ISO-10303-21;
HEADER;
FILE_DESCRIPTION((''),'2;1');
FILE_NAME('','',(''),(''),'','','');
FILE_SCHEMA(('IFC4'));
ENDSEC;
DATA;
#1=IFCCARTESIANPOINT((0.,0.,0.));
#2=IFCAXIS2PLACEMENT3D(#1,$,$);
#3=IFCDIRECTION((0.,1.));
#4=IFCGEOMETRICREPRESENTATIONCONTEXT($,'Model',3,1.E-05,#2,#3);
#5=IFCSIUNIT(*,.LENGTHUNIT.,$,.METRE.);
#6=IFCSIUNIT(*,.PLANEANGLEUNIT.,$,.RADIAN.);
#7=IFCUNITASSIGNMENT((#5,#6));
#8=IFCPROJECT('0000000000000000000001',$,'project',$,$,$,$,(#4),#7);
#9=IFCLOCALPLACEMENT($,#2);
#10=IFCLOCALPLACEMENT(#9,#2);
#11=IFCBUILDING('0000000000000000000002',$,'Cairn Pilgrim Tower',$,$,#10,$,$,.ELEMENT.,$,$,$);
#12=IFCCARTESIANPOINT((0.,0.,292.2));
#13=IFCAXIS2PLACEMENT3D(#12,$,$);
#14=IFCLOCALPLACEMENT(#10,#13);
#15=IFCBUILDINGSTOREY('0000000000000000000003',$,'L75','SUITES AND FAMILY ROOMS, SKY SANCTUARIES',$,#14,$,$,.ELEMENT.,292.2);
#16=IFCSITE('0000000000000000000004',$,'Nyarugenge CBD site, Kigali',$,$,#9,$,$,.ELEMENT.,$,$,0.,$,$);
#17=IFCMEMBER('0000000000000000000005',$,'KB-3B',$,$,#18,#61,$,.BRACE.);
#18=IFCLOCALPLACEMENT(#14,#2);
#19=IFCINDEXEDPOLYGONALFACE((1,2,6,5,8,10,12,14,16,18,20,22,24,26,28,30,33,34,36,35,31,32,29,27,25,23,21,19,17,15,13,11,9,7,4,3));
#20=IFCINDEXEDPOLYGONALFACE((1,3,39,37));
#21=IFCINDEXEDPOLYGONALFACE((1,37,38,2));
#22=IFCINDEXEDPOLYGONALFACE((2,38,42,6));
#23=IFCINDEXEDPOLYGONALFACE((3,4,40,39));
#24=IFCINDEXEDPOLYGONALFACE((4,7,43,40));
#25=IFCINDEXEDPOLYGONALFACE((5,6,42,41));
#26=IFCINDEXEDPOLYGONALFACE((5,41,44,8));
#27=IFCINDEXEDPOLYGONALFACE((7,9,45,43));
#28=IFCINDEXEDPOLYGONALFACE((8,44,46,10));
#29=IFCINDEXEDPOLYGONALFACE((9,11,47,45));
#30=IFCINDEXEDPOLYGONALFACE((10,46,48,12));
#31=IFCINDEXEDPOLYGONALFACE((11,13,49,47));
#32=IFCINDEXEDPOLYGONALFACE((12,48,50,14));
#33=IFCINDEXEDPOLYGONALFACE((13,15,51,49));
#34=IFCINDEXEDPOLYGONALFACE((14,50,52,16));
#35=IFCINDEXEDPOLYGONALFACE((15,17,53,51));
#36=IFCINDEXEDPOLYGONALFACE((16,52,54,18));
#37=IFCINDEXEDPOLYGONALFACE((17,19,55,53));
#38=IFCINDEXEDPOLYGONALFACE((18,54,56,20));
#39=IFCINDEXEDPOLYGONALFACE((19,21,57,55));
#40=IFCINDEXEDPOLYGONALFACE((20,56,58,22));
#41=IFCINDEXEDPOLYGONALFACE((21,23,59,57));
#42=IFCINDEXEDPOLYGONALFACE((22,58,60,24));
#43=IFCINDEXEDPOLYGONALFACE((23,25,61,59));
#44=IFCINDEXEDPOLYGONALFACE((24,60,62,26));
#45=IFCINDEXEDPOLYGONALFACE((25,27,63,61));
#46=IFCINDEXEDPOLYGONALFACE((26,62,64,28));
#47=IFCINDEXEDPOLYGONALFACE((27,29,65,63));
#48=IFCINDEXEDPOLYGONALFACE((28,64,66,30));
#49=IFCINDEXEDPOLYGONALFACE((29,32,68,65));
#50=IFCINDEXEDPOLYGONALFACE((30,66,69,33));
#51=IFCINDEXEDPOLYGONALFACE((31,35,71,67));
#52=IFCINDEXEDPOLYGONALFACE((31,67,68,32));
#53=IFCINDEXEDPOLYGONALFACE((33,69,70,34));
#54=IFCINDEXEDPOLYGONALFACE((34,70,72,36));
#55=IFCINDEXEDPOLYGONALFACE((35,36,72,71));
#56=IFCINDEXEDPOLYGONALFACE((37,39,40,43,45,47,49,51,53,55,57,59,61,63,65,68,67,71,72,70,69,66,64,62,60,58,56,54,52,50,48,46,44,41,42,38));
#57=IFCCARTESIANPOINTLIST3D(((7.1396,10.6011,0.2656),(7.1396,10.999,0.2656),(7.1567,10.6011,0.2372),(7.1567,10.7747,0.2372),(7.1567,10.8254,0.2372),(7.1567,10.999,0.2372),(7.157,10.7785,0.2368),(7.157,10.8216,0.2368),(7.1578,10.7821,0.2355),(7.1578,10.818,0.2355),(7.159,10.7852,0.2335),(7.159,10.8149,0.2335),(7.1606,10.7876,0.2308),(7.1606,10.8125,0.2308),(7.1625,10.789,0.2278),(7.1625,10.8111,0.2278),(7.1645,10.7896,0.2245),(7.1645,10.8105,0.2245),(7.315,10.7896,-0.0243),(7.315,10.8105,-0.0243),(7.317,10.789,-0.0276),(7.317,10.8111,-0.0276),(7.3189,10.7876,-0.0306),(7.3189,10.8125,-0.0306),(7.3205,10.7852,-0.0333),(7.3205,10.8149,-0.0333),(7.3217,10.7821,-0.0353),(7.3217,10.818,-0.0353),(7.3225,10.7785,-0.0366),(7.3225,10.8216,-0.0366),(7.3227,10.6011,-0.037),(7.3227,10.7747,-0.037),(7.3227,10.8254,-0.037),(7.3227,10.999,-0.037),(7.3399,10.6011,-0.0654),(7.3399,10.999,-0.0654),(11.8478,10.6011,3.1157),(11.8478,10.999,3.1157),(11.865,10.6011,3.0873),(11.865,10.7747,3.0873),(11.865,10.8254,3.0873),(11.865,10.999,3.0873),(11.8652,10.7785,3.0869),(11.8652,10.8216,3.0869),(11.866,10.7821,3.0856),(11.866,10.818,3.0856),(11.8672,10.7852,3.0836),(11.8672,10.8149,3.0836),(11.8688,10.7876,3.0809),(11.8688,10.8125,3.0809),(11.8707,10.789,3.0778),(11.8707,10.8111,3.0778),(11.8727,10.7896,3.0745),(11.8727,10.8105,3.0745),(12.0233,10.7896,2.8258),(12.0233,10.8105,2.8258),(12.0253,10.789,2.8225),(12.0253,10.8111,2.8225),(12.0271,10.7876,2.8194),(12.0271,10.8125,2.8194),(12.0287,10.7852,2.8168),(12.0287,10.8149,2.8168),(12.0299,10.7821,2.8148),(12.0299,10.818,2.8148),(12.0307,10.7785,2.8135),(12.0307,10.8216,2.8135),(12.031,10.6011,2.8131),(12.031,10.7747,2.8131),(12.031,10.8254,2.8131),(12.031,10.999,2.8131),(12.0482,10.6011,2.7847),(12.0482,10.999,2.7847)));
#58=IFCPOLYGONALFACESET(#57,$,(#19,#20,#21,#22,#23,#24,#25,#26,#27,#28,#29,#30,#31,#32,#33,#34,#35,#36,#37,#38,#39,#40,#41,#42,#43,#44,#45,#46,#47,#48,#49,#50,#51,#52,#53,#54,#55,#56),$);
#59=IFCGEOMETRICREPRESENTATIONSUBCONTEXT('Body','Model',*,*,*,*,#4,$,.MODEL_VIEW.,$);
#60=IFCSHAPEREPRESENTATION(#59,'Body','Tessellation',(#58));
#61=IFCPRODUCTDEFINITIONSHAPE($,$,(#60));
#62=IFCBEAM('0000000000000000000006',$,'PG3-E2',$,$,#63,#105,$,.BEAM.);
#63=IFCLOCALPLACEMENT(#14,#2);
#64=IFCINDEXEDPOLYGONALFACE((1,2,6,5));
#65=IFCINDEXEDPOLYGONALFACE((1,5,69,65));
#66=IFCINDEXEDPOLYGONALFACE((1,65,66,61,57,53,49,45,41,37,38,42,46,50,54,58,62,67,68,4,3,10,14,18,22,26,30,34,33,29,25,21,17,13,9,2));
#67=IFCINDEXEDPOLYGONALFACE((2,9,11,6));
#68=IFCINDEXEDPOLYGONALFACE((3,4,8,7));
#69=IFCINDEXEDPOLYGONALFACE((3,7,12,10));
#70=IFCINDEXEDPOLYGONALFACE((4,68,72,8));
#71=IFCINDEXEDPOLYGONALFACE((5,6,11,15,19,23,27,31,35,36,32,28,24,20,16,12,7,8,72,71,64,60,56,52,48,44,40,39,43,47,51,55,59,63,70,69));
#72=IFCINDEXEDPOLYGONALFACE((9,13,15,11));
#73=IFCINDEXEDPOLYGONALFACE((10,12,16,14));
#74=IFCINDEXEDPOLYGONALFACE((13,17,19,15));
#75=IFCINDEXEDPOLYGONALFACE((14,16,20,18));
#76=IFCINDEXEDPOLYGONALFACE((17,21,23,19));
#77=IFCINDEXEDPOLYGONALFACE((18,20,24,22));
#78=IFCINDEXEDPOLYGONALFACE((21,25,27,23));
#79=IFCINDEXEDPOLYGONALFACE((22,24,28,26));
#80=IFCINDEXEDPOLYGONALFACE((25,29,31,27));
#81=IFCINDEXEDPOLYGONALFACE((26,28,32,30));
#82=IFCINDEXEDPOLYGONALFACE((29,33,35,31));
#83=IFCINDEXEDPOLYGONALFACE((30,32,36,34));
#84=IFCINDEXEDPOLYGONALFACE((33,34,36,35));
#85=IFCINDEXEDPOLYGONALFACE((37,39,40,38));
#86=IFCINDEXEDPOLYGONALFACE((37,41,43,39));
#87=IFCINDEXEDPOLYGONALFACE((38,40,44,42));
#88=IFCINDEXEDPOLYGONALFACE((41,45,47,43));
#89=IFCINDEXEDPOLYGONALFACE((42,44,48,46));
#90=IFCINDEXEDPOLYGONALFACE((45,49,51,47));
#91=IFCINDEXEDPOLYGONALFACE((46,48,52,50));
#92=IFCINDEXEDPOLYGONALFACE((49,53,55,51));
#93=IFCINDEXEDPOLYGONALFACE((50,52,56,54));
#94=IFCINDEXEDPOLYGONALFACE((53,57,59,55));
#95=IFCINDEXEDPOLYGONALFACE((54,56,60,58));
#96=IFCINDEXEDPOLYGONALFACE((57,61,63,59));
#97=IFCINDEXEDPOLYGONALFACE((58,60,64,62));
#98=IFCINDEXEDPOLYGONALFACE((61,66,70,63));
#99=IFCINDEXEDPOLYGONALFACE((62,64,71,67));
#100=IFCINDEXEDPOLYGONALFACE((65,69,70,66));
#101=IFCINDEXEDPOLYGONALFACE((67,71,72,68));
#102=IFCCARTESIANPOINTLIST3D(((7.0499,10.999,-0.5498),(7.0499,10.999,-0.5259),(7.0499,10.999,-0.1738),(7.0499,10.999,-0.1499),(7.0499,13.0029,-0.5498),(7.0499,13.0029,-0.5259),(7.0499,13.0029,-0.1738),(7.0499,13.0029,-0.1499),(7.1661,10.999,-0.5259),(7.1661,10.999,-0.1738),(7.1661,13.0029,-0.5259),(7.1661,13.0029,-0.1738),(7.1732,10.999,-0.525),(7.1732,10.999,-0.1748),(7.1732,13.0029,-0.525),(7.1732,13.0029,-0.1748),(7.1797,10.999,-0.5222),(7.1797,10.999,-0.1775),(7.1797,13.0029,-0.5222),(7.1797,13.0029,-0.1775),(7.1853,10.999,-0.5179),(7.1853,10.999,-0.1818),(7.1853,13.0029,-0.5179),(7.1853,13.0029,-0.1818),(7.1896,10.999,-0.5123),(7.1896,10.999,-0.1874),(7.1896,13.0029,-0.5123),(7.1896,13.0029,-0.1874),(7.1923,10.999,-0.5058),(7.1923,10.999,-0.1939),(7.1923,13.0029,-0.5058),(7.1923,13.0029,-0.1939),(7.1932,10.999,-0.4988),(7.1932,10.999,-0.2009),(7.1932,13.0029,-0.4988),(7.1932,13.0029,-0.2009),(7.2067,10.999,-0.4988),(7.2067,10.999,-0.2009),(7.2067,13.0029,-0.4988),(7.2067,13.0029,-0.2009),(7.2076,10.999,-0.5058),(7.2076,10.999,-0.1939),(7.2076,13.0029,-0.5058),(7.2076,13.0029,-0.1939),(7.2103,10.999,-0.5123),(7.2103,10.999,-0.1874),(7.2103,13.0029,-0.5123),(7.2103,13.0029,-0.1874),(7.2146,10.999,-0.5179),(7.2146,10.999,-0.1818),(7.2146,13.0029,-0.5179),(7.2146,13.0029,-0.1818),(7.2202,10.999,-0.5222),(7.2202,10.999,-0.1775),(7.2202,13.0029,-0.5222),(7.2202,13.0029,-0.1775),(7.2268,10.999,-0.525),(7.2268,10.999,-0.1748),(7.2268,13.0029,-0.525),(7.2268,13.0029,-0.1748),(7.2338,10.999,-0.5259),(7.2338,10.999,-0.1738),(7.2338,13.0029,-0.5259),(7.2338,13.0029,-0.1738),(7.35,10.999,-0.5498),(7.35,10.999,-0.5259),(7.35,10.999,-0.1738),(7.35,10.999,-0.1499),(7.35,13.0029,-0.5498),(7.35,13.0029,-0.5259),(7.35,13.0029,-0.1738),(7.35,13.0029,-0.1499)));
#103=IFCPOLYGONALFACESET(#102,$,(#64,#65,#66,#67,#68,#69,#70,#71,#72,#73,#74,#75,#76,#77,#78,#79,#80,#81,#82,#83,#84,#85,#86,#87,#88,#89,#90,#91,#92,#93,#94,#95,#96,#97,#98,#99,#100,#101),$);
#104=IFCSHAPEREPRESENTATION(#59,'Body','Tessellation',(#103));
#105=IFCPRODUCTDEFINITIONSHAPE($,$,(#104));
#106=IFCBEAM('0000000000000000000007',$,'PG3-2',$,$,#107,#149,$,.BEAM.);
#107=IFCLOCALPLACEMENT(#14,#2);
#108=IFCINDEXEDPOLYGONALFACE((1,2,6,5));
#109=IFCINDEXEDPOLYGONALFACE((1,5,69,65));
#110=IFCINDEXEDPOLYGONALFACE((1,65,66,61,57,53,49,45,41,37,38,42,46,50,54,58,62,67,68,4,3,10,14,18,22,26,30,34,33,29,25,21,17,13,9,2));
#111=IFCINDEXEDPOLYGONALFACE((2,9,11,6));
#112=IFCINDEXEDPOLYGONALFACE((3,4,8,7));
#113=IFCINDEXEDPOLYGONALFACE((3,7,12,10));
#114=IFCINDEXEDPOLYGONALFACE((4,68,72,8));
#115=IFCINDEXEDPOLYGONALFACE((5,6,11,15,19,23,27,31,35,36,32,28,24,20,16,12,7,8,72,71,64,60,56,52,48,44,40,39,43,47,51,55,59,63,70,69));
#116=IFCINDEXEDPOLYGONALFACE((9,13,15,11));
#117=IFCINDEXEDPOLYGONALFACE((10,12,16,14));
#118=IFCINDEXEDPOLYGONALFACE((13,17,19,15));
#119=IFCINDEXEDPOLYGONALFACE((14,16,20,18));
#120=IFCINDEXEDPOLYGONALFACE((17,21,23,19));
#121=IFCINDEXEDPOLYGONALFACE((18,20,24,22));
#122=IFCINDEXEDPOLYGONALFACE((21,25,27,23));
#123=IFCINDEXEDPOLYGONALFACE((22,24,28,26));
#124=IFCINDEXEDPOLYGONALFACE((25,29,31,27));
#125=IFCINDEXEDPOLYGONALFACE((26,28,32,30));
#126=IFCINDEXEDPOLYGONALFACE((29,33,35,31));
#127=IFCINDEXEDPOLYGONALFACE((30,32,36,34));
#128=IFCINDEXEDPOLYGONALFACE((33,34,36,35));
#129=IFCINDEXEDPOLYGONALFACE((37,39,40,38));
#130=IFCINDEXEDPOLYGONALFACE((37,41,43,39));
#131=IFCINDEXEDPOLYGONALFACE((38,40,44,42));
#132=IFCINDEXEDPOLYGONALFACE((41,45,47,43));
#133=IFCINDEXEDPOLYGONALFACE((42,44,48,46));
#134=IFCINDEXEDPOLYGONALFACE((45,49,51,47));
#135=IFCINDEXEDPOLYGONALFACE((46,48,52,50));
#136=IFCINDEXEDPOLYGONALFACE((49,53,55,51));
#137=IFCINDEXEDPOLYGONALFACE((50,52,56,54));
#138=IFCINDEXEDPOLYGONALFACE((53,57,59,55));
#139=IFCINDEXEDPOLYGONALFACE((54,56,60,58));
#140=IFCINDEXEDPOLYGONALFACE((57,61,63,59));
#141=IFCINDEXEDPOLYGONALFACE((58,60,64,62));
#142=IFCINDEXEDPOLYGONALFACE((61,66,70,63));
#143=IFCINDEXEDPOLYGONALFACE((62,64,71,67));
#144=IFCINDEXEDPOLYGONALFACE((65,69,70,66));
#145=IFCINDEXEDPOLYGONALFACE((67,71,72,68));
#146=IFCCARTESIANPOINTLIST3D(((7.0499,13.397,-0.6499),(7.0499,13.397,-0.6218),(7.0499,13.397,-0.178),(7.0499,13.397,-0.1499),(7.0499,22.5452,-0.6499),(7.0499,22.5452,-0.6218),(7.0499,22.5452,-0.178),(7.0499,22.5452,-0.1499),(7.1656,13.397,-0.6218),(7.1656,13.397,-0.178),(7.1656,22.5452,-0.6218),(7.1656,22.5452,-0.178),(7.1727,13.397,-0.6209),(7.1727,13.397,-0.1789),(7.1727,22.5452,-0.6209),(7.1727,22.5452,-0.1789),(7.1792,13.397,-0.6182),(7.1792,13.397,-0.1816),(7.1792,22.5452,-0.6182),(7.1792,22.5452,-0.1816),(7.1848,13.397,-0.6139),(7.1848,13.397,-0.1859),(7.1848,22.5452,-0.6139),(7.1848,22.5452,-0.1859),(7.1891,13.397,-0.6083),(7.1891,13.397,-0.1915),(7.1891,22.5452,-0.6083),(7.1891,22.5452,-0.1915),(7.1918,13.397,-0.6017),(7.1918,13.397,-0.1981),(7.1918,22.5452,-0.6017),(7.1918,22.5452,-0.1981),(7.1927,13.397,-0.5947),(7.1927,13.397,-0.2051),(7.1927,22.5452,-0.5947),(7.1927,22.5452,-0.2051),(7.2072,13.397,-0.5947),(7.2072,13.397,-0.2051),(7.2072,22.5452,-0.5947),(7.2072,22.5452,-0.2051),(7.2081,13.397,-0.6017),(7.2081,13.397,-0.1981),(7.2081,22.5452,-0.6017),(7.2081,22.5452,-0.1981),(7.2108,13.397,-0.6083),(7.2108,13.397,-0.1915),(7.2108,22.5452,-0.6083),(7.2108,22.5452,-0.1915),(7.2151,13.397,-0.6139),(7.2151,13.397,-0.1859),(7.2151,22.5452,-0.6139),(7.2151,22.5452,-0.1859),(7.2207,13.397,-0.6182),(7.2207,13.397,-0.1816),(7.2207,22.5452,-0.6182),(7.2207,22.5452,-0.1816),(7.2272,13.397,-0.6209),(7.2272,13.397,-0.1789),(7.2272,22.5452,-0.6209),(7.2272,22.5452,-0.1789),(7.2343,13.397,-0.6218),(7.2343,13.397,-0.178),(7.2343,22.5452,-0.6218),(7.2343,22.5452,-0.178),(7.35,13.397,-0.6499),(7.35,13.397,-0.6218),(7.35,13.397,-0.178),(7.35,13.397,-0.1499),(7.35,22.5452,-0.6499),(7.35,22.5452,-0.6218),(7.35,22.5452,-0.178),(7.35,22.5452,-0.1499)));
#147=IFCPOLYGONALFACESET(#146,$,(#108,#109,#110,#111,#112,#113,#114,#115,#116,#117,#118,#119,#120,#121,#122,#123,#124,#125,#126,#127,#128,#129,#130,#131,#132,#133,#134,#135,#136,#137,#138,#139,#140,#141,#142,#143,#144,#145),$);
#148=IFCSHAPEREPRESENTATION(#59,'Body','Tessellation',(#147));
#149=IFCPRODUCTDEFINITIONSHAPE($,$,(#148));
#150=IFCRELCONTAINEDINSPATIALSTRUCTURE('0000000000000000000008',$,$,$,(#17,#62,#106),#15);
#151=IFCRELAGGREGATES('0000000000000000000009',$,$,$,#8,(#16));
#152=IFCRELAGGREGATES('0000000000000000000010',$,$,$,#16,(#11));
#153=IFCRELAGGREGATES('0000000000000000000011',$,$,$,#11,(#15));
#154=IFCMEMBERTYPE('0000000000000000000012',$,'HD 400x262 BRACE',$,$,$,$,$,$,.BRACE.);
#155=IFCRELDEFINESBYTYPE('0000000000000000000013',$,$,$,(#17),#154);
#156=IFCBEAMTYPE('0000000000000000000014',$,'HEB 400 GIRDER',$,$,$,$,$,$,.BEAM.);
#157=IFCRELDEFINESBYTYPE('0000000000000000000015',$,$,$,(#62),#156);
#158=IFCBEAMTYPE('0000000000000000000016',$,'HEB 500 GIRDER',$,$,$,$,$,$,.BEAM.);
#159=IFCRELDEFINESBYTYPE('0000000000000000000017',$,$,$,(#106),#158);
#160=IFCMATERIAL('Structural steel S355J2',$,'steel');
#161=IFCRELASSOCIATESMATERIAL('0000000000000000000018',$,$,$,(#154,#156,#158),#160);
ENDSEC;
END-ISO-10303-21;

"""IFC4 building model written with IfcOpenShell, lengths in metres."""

from ifc_helpers import new_model, si_unit, direction, frame, origin, origin_2d, place, context, subcontext, project, spatial, i_section, extrude, material, material_profile, profile_set, type_object, element, save


model = new_model("IFC4")

# Units and contexts
model_context = context("Model", 3, precision=1e-05, world=origin(), true_north=direction((0.0, 1.0)))
body_context = subcontext(model_context, "Body", "Model", "MODEL_VIEW")
ifc_project = project(units=[si_unit("LENGTHUNIT", "METRE"), si_unit("PLANEANGLEUNIT", "RADIAN")], contexts=[model_context])

# Site, building, storey
site_placement = place(None, origin())
site = spatial("IfcSite", under=ifc_project, at=site_placement, Name="Nyarugenge CBD site, Kigali", CompositionType="ELEMENT", RefElevation=0.0)
building_placement = place(site_placement, origin())
building = spatial("IfcBuilding", under=site, at=building_placement, Name="Cairn Pilgrim Tower", CompositionType="ELEMENT")
storey_placement = place(building_placement, frame((0.0, 0.0, 292.2)))
storey = spatial("IfcBuildingStorey", under=building, at=storey_placement, Name="L75", Description="SUITES AND FAMILY ROOMS, SKY SANCTUARIES", CompositionType="ELEMENT", Elevation=292.2)

# Shared definitions
ifc_material_1 = material(Name="Structural steel S355J2", Category="steel")

# Member
ifc_material_profile_1 = material_profile(ifc_material_1, i_section(OverallWidth=0.3979, OverallDepth=0.387, WebThickness=0.021, FlangeThickness=0.0332, FilletRadius=0.0149, at=origin_2d()), Name="HD 400x262")
ifc_profile_set_1 = profile_set([ifc_material_profile_1], Name="Structural steel S355J2")
member_type_1 = type_object("IfcMemberType", Name="HD 400x262 BRACE", PredefinedType="BRACE", material=ifc_profile_set_1)
member_1_placement = place(storey_placement, frame((7.2397, 10.8, 0.1001), z_axis=(0.855471, 0.0, 0.517851), x_axis=(0.0, 1.0, 0.0)))
element("IfcMember", 1, at=member_1_placement, inside=storey, type_object=member_type_1, Name="KB-3B", PredefinedType="BRACE", context=body_context, shape_type="SweptSolid", body=[
    extrude(i_section(OverallWidth=0.3979, OverallDepth=0.387, WebThickness=0.021, FlangeThickness=0.0332, FilletRadius=0.0149, at=origin_2d()), origin(), (0.0, 0.0, 1.0), 5.5037),
])

# Beams
ifc_material_profile_2 = material_profile(ifc_material_1, i_section(OverallWidth=0.3, OverallDepth=0.3999, WebThickness=0.0134, FlangeThickness=0.0239, FilletRadius=0.0271, at=origin_2d()), Name="HEB 400")
ifc_profile_set_2 = profile_set([ifc_material_profile_2], Name="Structural steel S355J2")
beam_type_1 = type_object("IfcBeamType", Name="HEB 400 GIRDER", PredefinedType="BEAM", material=ifc_profile_set_2)
beam_1_placement = place(storey_placement, frame((7.2, 10.999, -0.3499), z_axis=(0.0, 1.0, 0.0), x_axis=(-1.0, 0.0, 0.0)))
element("IfcBeam", 2, at=beam_1_placement, inside=storey, type_object=beam_type_1, Name="PG3-E2", PredefinedType="BEAM", context=body_context, shape_type="SweptSolid", body=[
    extrude(i_section(OverallWidth=0.3, OverallDepth=0.3999, WebThickness=0.0134, FlangeThickness=0.0239, FilletRadius=0.0271, at=origin_2d()), origin(), (0.0, 0.0, 1.0), 2.0039),
])
ifc_material_profile_3 = material_profile(ifc_material_1, i_section(OverallWidth=0.3, OverallDepth=0.5, WebThickness=0.0144, FlangeThickness=0.0281, FilletRadius=0.0271, at=origin_2d()), Name="HEB 500")
ifc_profile_set_3 = profile_set([ifc_material_profile_3], Name="Structural steel S355J2")
beam_type_2 = type_object("IfcBeamType", Name="HEB 500 GIRDER", PredefinedType="BEAM", material=ifc_profile_set_3)
beam_2_placement = place(storey_placement, frame((7.2, 13.397, -0.3999), z_axis=(0.0, 1.0, 0.0), x_axis=(-1.0, 0.0, 0.0)))
element("IfcBeam", 3, at=beam_2_placement, inside=storey, type_object=beam_type_2, Name="PG3-2", PredefinedType="BEAM", context=body_context, shape_type="SweptSolid", body=[
    extrude(i_section(OverallWidth=0.3, OverallDepth=0.5, WebThickness=0.0144, FlangeThickness=0.0281, FilletRadius=0.0271, at=origin_2d()), origin(), (0.0, 0.0, 1.0), 9.1482),
])

save(model, "model.ifc")
